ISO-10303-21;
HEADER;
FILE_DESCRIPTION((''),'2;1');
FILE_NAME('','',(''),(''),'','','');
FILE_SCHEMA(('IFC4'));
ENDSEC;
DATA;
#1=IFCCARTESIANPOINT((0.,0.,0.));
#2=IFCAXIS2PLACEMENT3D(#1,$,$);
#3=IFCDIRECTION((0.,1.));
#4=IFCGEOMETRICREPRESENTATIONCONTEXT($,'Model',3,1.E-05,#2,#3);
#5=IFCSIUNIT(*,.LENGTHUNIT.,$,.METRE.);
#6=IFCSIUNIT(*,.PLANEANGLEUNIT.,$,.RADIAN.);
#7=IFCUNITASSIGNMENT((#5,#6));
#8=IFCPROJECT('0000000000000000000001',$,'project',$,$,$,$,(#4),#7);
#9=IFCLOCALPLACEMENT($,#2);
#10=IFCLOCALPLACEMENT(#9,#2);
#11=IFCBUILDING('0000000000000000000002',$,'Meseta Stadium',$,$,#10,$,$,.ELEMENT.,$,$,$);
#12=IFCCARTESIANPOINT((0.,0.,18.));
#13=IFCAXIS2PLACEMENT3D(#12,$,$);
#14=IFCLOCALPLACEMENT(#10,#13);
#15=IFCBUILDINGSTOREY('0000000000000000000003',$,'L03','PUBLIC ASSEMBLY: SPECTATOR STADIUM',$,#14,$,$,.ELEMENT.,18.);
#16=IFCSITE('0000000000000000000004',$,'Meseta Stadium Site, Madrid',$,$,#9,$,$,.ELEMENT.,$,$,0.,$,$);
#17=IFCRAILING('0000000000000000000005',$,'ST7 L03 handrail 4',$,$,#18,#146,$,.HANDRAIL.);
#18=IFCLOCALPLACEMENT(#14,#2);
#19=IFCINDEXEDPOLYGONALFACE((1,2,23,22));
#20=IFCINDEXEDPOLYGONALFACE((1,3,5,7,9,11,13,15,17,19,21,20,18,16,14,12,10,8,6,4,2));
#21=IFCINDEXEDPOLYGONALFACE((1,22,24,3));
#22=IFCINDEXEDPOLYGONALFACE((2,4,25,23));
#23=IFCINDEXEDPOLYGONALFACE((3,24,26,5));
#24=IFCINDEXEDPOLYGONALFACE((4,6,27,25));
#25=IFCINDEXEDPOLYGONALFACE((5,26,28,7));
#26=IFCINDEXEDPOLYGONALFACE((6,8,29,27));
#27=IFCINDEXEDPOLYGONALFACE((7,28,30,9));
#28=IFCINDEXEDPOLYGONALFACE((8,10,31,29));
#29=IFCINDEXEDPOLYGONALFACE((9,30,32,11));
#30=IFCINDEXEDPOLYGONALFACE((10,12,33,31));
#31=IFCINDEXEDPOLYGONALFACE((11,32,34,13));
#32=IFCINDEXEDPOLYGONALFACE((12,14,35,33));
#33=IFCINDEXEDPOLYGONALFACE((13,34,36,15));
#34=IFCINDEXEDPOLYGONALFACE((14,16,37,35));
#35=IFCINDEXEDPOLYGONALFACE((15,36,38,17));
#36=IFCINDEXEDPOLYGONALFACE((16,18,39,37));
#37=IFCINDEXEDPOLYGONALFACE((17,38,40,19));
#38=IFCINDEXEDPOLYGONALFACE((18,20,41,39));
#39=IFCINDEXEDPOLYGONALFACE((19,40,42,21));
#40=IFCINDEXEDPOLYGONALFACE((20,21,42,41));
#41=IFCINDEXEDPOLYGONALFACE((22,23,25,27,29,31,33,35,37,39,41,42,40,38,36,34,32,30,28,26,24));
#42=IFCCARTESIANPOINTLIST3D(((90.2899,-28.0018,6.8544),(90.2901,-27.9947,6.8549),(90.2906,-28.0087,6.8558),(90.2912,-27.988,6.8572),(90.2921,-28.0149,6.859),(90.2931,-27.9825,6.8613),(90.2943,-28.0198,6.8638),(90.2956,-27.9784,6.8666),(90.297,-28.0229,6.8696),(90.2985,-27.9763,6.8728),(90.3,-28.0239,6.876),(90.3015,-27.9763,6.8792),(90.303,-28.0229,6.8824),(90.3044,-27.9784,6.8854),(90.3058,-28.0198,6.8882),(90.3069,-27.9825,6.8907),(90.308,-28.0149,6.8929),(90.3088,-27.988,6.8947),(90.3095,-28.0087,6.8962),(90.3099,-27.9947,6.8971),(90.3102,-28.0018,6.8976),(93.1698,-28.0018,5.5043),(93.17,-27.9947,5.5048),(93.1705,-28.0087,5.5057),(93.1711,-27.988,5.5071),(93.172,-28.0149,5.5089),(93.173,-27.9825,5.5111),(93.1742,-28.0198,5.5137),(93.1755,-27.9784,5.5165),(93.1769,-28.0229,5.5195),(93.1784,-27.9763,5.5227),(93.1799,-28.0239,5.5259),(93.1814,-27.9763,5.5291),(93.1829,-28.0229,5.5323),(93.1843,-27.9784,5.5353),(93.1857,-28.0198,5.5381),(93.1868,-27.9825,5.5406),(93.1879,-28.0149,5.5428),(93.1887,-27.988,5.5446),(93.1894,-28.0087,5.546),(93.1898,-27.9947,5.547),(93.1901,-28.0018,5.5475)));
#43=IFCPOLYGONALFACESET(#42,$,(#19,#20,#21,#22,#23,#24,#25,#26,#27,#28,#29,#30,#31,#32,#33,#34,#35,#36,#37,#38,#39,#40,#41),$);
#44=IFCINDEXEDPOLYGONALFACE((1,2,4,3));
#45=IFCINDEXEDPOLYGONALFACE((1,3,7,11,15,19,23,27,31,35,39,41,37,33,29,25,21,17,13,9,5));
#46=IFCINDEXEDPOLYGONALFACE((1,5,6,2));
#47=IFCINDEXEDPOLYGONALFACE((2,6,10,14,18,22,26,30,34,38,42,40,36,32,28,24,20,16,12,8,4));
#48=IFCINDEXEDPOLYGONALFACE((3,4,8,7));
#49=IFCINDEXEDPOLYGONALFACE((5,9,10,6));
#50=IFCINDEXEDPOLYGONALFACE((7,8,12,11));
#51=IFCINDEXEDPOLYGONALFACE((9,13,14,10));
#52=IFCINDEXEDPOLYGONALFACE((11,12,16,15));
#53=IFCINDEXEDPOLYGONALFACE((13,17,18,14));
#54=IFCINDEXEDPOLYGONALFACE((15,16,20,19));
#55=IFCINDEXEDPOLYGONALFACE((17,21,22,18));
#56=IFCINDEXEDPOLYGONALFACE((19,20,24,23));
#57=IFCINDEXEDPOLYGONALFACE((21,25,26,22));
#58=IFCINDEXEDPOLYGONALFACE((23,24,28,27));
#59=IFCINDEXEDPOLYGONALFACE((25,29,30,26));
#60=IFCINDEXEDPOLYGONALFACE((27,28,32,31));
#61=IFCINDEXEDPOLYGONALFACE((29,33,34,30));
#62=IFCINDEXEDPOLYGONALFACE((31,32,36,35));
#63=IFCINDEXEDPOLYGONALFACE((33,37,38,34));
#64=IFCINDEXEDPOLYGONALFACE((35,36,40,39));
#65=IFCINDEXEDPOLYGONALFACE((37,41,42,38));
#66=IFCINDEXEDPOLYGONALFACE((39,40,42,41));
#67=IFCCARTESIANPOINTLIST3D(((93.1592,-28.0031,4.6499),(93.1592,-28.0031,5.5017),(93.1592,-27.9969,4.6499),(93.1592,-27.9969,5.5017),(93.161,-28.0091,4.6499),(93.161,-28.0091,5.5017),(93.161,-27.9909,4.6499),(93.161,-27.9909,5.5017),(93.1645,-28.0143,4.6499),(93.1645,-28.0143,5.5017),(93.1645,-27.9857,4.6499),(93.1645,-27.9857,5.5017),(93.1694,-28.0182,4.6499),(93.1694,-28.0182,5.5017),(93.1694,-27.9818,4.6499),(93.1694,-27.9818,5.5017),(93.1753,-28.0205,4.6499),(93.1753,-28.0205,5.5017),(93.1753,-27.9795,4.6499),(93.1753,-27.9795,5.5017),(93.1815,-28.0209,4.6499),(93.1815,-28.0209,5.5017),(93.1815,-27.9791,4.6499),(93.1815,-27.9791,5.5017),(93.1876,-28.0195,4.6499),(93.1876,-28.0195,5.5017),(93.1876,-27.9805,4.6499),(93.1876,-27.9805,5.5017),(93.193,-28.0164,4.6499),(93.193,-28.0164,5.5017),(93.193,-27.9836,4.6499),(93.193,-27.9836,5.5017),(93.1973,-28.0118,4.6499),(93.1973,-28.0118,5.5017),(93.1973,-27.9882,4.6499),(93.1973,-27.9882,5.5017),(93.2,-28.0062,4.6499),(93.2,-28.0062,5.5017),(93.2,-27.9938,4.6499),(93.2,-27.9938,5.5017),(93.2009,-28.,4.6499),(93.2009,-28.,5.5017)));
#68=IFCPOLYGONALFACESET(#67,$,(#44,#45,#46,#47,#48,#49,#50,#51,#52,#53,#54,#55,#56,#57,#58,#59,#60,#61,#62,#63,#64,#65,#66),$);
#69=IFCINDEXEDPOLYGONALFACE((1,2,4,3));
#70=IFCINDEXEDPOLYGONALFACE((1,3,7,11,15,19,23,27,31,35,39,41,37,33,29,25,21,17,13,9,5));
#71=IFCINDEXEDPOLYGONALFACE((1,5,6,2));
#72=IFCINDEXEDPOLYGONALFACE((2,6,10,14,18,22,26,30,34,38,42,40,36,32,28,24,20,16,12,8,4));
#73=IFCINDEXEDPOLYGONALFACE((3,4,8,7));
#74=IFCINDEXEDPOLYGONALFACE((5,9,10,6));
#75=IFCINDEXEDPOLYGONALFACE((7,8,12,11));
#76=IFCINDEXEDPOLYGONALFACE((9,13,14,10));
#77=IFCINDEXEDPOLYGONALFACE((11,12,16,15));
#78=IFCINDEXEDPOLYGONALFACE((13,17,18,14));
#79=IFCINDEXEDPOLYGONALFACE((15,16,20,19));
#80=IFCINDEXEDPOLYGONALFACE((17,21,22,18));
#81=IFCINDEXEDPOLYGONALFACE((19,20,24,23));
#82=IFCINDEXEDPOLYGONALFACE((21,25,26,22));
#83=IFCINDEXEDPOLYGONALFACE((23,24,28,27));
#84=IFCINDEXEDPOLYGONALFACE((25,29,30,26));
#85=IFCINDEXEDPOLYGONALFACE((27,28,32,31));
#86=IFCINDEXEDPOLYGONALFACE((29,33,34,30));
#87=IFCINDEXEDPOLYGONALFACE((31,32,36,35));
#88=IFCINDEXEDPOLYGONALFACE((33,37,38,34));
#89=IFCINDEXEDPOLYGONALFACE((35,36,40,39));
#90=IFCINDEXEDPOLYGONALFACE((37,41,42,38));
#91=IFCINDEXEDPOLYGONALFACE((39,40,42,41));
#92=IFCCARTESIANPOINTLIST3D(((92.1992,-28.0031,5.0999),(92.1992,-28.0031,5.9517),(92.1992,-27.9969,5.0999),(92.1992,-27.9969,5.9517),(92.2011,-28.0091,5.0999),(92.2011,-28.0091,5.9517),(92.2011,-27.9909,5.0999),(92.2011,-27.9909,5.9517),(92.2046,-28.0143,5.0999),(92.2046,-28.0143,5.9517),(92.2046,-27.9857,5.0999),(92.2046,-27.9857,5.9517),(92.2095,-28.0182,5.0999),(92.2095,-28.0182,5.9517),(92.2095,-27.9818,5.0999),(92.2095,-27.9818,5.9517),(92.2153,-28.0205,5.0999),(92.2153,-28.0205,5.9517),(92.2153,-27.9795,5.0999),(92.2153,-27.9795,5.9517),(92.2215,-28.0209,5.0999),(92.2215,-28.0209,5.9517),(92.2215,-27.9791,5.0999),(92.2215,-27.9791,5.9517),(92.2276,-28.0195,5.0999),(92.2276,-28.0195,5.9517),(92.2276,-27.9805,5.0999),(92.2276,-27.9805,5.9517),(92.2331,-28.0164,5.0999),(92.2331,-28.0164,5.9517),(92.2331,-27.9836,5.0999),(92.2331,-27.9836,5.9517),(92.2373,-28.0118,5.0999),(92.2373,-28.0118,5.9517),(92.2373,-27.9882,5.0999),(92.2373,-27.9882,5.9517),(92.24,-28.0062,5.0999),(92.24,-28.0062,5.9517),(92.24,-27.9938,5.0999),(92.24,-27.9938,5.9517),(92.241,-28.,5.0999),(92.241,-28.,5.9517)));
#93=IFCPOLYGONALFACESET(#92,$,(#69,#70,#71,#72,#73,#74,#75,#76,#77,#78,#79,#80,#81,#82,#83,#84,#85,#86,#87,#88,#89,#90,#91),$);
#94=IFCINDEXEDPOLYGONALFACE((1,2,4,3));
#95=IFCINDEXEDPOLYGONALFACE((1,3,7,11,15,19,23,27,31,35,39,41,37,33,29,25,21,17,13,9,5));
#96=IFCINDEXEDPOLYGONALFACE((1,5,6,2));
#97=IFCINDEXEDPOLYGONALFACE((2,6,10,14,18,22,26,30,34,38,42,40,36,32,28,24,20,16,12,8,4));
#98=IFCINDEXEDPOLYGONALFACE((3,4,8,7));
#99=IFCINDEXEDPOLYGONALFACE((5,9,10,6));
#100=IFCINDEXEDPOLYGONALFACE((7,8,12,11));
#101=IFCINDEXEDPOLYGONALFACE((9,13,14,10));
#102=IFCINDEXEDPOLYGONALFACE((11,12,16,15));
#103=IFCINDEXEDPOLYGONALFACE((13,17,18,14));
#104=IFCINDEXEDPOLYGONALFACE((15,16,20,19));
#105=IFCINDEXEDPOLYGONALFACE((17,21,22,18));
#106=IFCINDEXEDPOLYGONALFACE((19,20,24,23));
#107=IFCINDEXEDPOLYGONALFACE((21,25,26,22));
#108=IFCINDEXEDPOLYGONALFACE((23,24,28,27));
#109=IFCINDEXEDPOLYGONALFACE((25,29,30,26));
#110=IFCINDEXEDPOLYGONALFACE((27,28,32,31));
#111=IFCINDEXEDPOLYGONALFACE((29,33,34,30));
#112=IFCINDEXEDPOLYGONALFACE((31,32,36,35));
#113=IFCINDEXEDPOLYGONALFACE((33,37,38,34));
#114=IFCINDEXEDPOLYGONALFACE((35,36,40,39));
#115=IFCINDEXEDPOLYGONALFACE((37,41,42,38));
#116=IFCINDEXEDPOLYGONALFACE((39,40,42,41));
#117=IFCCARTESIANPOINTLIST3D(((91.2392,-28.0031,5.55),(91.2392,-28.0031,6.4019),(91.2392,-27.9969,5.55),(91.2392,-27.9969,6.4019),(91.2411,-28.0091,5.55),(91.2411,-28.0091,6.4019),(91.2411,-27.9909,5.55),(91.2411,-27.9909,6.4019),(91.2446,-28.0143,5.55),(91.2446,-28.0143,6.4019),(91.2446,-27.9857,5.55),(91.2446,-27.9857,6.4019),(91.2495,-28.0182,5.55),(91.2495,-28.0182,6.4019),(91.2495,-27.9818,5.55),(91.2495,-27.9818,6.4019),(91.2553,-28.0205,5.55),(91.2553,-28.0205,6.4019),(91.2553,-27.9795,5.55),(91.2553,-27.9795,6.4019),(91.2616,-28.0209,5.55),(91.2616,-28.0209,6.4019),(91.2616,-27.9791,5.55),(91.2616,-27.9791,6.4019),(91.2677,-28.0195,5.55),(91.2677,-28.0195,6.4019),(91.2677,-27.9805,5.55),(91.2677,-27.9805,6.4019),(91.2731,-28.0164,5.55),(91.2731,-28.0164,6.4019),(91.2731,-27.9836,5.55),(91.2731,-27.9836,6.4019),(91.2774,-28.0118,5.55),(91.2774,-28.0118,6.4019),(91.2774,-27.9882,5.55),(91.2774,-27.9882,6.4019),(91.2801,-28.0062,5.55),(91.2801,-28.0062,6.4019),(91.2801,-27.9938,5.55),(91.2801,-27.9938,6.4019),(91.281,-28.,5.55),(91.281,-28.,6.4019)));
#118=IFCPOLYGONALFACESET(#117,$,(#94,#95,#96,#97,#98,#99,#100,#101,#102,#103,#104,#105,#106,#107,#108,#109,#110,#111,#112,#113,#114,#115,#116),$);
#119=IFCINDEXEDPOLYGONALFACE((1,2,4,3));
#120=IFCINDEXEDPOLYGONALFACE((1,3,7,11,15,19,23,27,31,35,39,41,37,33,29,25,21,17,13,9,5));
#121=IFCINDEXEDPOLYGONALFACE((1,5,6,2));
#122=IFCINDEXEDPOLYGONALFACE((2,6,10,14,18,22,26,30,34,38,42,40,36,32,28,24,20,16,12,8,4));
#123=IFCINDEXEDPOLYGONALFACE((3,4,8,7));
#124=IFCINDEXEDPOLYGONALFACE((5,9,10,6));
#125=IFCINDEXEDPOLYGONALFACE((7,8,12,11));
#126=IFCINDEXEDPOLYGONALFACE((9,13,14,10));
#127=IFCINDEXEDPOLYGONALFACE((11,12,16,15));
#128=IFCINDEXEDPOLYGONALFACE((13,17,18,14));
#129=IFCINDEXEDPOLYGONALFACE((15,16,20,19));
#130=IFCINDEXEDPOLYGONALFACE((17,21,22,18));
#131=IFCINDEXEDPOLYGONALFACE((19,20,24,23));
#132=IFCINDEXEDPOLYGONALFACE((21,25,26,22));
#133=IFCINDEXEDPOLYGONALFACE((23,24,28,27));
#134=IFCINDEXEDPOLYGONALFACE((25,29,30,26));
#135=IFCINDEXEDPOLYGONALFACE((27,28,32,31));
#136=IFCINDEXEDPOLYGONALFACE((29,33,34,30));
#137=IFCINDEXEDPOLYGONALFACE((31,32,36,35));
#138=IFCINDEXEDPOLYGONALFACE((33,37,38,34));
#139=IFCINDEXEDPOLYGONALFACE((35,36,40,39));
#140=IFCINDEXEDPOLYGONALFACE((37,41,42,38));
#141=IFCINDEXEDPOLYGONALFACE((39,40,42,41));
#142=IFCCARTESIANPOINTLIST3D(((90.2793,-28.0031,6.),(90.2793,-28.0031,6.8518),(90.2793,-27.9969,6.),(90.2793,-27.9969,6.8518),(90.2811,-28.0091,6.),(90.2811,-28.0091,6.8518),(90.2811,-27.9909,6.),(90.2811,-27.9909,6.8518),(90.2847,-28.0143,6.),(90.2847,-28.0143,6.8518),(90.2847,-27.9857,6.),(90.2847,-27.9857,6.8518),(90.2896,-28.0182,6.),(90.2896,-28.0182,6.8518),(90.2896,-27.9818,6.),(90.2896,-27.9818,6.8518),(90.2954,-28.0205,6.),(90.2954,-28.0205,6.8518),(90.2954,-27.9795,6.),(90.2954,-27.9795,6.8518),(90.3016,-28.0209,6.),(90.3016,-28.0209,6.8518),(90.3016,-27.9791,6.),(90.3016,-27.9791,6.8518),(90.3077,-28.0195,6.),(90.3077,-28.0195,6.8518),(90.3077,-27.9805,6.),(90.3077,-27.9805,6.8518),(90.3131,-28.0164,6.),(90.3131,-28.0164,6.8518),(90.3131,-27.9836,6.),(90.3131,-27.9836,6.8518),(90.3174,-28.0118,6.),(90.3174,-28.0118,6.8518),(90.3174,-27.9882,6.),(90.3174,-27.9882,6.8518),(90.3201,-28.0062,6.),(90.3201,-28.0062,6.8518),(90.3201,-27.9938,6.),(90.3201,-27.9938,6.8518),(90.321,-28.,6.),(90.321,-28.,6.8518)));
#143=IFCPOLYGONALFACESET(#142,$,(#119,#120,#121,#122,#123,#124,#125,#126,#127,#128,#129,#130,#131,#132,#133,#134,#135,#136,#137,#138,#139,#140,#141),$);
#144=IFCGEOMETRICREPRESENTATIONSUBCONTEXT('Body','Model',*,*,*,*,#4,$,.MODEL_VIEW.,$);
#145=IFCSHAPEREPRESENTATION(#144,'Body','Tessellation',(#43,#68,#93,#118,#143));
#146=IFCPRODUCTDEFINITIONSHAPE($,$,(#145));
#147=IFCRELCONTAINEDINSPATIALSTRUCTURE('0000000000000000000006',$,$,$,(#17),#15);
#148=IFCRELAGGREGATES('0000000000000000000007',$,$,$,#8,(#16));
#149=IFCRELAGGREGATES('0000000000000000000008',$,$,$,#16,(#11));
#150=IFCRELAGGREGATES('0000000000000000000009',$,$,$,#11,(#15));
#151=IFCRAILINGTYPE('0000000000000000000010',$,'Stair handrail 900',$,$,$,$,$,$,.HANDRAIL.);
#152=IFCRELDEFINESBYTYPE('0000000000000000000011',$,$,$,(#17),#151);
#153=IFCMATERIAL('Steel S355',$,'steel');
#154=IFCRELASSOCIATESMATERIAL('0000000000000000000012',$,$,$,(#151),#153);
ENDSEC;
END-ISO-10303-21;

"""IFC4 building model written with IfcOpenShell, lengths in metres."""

from ifc_helpers import new_model, si_unit, direction, frame, origin, origin_2d, place, context, subcontext, project, spatial, circle, extrude, material, type_object, element, save


model = new_model("IFC4")

# Units and contexts
model_context = context("Model", 3, precision=1e-05, world=origin(), true_north=direction((0.0, 1.0)))
body_context = subcontext(model_context, "Body", "Model", "MODEL_VIEW")
ifc_project = project(units=[si_unit("LENGTHUNIT", "METRE"), si_unit("PLANEANGLEUNIT", "RADIAN")], contexts=[model_context])

# Site, building, storey
site_placement = place(None, origin())
site = spatial("IfcSite", under=ifc_project, at=site_placement, Name="Meseta Stadium Site, Madrid", CompositionType="ELEMENT", RefElevation=0.0)
building_placement = place(site_placement, origin())
building = spatial("IfcBuilding", under=site, at=building_placement, Name="Meseta Stadium", CompositionType="ELEMENT")
storey_placement = place(building_placement, frame((0.0, 0.0, 18.0)))
storey = spatial("IfcBuildingStorey", under=building, at=storey_placement, Name="L03", Description="PUBLIC ASSEMBLY: SPECTATOR STADIUM", CompositionType="ELEMENT", Elevation=18.0)

# Railing
ifc_material_1 = material(Name="Steel S355", Category="steel")
railing_type_1 = type_object("IfcRailingType", Name="Stair handrail 900", PredefinedType="HANDRAIL", material=ifc_material_1)
for number, where, name in (
    (1, (93.1799, -28.0, 4.6499), "ST7 L03 handrail 4"),
):
    element("IfcRailing", number, at=place(storey_placement, frame(where)), inside=storey, type_object=railing_type_1, Name=name, PredefinedType="HANDRAIL", context=body_context, shape_type="SweptSolid", body=[
        extrude(circle(Radius=0.0239, at=origin_2d()), frame((0.0, 0.0, 0.876), z_axis=(-0.90544, 0.0, 0.424473), x_axis=(0.0, -1.0, 0.0)), (0.0, 0.0, 1.0), 3.1807),
        extrude(circle(Radius=0.021, at=origin_2d()), origin(), (0.0, 0.0, 1.0), 0.8518),
        extrude(circle(Radius=0.021, at=origin_2d()), frame((-0.96, 0.0, 0.45)), (0.0, 0.0, 1.0), 0.8518),
        extrude(circle(Radius=0.021, at=origin_2d()), frame((-1.9199, 0.0, 0.9001)), (0.0, 0.0, 1.0), 0.8518),
        extrude(circle(Radius=0.021, at=origin_2d()), frame((-2.8799, 0.0, 1.3501)), (0.0, 0.0, 1.0), 0.8518),
    ])

save(model, "model.ifc")
